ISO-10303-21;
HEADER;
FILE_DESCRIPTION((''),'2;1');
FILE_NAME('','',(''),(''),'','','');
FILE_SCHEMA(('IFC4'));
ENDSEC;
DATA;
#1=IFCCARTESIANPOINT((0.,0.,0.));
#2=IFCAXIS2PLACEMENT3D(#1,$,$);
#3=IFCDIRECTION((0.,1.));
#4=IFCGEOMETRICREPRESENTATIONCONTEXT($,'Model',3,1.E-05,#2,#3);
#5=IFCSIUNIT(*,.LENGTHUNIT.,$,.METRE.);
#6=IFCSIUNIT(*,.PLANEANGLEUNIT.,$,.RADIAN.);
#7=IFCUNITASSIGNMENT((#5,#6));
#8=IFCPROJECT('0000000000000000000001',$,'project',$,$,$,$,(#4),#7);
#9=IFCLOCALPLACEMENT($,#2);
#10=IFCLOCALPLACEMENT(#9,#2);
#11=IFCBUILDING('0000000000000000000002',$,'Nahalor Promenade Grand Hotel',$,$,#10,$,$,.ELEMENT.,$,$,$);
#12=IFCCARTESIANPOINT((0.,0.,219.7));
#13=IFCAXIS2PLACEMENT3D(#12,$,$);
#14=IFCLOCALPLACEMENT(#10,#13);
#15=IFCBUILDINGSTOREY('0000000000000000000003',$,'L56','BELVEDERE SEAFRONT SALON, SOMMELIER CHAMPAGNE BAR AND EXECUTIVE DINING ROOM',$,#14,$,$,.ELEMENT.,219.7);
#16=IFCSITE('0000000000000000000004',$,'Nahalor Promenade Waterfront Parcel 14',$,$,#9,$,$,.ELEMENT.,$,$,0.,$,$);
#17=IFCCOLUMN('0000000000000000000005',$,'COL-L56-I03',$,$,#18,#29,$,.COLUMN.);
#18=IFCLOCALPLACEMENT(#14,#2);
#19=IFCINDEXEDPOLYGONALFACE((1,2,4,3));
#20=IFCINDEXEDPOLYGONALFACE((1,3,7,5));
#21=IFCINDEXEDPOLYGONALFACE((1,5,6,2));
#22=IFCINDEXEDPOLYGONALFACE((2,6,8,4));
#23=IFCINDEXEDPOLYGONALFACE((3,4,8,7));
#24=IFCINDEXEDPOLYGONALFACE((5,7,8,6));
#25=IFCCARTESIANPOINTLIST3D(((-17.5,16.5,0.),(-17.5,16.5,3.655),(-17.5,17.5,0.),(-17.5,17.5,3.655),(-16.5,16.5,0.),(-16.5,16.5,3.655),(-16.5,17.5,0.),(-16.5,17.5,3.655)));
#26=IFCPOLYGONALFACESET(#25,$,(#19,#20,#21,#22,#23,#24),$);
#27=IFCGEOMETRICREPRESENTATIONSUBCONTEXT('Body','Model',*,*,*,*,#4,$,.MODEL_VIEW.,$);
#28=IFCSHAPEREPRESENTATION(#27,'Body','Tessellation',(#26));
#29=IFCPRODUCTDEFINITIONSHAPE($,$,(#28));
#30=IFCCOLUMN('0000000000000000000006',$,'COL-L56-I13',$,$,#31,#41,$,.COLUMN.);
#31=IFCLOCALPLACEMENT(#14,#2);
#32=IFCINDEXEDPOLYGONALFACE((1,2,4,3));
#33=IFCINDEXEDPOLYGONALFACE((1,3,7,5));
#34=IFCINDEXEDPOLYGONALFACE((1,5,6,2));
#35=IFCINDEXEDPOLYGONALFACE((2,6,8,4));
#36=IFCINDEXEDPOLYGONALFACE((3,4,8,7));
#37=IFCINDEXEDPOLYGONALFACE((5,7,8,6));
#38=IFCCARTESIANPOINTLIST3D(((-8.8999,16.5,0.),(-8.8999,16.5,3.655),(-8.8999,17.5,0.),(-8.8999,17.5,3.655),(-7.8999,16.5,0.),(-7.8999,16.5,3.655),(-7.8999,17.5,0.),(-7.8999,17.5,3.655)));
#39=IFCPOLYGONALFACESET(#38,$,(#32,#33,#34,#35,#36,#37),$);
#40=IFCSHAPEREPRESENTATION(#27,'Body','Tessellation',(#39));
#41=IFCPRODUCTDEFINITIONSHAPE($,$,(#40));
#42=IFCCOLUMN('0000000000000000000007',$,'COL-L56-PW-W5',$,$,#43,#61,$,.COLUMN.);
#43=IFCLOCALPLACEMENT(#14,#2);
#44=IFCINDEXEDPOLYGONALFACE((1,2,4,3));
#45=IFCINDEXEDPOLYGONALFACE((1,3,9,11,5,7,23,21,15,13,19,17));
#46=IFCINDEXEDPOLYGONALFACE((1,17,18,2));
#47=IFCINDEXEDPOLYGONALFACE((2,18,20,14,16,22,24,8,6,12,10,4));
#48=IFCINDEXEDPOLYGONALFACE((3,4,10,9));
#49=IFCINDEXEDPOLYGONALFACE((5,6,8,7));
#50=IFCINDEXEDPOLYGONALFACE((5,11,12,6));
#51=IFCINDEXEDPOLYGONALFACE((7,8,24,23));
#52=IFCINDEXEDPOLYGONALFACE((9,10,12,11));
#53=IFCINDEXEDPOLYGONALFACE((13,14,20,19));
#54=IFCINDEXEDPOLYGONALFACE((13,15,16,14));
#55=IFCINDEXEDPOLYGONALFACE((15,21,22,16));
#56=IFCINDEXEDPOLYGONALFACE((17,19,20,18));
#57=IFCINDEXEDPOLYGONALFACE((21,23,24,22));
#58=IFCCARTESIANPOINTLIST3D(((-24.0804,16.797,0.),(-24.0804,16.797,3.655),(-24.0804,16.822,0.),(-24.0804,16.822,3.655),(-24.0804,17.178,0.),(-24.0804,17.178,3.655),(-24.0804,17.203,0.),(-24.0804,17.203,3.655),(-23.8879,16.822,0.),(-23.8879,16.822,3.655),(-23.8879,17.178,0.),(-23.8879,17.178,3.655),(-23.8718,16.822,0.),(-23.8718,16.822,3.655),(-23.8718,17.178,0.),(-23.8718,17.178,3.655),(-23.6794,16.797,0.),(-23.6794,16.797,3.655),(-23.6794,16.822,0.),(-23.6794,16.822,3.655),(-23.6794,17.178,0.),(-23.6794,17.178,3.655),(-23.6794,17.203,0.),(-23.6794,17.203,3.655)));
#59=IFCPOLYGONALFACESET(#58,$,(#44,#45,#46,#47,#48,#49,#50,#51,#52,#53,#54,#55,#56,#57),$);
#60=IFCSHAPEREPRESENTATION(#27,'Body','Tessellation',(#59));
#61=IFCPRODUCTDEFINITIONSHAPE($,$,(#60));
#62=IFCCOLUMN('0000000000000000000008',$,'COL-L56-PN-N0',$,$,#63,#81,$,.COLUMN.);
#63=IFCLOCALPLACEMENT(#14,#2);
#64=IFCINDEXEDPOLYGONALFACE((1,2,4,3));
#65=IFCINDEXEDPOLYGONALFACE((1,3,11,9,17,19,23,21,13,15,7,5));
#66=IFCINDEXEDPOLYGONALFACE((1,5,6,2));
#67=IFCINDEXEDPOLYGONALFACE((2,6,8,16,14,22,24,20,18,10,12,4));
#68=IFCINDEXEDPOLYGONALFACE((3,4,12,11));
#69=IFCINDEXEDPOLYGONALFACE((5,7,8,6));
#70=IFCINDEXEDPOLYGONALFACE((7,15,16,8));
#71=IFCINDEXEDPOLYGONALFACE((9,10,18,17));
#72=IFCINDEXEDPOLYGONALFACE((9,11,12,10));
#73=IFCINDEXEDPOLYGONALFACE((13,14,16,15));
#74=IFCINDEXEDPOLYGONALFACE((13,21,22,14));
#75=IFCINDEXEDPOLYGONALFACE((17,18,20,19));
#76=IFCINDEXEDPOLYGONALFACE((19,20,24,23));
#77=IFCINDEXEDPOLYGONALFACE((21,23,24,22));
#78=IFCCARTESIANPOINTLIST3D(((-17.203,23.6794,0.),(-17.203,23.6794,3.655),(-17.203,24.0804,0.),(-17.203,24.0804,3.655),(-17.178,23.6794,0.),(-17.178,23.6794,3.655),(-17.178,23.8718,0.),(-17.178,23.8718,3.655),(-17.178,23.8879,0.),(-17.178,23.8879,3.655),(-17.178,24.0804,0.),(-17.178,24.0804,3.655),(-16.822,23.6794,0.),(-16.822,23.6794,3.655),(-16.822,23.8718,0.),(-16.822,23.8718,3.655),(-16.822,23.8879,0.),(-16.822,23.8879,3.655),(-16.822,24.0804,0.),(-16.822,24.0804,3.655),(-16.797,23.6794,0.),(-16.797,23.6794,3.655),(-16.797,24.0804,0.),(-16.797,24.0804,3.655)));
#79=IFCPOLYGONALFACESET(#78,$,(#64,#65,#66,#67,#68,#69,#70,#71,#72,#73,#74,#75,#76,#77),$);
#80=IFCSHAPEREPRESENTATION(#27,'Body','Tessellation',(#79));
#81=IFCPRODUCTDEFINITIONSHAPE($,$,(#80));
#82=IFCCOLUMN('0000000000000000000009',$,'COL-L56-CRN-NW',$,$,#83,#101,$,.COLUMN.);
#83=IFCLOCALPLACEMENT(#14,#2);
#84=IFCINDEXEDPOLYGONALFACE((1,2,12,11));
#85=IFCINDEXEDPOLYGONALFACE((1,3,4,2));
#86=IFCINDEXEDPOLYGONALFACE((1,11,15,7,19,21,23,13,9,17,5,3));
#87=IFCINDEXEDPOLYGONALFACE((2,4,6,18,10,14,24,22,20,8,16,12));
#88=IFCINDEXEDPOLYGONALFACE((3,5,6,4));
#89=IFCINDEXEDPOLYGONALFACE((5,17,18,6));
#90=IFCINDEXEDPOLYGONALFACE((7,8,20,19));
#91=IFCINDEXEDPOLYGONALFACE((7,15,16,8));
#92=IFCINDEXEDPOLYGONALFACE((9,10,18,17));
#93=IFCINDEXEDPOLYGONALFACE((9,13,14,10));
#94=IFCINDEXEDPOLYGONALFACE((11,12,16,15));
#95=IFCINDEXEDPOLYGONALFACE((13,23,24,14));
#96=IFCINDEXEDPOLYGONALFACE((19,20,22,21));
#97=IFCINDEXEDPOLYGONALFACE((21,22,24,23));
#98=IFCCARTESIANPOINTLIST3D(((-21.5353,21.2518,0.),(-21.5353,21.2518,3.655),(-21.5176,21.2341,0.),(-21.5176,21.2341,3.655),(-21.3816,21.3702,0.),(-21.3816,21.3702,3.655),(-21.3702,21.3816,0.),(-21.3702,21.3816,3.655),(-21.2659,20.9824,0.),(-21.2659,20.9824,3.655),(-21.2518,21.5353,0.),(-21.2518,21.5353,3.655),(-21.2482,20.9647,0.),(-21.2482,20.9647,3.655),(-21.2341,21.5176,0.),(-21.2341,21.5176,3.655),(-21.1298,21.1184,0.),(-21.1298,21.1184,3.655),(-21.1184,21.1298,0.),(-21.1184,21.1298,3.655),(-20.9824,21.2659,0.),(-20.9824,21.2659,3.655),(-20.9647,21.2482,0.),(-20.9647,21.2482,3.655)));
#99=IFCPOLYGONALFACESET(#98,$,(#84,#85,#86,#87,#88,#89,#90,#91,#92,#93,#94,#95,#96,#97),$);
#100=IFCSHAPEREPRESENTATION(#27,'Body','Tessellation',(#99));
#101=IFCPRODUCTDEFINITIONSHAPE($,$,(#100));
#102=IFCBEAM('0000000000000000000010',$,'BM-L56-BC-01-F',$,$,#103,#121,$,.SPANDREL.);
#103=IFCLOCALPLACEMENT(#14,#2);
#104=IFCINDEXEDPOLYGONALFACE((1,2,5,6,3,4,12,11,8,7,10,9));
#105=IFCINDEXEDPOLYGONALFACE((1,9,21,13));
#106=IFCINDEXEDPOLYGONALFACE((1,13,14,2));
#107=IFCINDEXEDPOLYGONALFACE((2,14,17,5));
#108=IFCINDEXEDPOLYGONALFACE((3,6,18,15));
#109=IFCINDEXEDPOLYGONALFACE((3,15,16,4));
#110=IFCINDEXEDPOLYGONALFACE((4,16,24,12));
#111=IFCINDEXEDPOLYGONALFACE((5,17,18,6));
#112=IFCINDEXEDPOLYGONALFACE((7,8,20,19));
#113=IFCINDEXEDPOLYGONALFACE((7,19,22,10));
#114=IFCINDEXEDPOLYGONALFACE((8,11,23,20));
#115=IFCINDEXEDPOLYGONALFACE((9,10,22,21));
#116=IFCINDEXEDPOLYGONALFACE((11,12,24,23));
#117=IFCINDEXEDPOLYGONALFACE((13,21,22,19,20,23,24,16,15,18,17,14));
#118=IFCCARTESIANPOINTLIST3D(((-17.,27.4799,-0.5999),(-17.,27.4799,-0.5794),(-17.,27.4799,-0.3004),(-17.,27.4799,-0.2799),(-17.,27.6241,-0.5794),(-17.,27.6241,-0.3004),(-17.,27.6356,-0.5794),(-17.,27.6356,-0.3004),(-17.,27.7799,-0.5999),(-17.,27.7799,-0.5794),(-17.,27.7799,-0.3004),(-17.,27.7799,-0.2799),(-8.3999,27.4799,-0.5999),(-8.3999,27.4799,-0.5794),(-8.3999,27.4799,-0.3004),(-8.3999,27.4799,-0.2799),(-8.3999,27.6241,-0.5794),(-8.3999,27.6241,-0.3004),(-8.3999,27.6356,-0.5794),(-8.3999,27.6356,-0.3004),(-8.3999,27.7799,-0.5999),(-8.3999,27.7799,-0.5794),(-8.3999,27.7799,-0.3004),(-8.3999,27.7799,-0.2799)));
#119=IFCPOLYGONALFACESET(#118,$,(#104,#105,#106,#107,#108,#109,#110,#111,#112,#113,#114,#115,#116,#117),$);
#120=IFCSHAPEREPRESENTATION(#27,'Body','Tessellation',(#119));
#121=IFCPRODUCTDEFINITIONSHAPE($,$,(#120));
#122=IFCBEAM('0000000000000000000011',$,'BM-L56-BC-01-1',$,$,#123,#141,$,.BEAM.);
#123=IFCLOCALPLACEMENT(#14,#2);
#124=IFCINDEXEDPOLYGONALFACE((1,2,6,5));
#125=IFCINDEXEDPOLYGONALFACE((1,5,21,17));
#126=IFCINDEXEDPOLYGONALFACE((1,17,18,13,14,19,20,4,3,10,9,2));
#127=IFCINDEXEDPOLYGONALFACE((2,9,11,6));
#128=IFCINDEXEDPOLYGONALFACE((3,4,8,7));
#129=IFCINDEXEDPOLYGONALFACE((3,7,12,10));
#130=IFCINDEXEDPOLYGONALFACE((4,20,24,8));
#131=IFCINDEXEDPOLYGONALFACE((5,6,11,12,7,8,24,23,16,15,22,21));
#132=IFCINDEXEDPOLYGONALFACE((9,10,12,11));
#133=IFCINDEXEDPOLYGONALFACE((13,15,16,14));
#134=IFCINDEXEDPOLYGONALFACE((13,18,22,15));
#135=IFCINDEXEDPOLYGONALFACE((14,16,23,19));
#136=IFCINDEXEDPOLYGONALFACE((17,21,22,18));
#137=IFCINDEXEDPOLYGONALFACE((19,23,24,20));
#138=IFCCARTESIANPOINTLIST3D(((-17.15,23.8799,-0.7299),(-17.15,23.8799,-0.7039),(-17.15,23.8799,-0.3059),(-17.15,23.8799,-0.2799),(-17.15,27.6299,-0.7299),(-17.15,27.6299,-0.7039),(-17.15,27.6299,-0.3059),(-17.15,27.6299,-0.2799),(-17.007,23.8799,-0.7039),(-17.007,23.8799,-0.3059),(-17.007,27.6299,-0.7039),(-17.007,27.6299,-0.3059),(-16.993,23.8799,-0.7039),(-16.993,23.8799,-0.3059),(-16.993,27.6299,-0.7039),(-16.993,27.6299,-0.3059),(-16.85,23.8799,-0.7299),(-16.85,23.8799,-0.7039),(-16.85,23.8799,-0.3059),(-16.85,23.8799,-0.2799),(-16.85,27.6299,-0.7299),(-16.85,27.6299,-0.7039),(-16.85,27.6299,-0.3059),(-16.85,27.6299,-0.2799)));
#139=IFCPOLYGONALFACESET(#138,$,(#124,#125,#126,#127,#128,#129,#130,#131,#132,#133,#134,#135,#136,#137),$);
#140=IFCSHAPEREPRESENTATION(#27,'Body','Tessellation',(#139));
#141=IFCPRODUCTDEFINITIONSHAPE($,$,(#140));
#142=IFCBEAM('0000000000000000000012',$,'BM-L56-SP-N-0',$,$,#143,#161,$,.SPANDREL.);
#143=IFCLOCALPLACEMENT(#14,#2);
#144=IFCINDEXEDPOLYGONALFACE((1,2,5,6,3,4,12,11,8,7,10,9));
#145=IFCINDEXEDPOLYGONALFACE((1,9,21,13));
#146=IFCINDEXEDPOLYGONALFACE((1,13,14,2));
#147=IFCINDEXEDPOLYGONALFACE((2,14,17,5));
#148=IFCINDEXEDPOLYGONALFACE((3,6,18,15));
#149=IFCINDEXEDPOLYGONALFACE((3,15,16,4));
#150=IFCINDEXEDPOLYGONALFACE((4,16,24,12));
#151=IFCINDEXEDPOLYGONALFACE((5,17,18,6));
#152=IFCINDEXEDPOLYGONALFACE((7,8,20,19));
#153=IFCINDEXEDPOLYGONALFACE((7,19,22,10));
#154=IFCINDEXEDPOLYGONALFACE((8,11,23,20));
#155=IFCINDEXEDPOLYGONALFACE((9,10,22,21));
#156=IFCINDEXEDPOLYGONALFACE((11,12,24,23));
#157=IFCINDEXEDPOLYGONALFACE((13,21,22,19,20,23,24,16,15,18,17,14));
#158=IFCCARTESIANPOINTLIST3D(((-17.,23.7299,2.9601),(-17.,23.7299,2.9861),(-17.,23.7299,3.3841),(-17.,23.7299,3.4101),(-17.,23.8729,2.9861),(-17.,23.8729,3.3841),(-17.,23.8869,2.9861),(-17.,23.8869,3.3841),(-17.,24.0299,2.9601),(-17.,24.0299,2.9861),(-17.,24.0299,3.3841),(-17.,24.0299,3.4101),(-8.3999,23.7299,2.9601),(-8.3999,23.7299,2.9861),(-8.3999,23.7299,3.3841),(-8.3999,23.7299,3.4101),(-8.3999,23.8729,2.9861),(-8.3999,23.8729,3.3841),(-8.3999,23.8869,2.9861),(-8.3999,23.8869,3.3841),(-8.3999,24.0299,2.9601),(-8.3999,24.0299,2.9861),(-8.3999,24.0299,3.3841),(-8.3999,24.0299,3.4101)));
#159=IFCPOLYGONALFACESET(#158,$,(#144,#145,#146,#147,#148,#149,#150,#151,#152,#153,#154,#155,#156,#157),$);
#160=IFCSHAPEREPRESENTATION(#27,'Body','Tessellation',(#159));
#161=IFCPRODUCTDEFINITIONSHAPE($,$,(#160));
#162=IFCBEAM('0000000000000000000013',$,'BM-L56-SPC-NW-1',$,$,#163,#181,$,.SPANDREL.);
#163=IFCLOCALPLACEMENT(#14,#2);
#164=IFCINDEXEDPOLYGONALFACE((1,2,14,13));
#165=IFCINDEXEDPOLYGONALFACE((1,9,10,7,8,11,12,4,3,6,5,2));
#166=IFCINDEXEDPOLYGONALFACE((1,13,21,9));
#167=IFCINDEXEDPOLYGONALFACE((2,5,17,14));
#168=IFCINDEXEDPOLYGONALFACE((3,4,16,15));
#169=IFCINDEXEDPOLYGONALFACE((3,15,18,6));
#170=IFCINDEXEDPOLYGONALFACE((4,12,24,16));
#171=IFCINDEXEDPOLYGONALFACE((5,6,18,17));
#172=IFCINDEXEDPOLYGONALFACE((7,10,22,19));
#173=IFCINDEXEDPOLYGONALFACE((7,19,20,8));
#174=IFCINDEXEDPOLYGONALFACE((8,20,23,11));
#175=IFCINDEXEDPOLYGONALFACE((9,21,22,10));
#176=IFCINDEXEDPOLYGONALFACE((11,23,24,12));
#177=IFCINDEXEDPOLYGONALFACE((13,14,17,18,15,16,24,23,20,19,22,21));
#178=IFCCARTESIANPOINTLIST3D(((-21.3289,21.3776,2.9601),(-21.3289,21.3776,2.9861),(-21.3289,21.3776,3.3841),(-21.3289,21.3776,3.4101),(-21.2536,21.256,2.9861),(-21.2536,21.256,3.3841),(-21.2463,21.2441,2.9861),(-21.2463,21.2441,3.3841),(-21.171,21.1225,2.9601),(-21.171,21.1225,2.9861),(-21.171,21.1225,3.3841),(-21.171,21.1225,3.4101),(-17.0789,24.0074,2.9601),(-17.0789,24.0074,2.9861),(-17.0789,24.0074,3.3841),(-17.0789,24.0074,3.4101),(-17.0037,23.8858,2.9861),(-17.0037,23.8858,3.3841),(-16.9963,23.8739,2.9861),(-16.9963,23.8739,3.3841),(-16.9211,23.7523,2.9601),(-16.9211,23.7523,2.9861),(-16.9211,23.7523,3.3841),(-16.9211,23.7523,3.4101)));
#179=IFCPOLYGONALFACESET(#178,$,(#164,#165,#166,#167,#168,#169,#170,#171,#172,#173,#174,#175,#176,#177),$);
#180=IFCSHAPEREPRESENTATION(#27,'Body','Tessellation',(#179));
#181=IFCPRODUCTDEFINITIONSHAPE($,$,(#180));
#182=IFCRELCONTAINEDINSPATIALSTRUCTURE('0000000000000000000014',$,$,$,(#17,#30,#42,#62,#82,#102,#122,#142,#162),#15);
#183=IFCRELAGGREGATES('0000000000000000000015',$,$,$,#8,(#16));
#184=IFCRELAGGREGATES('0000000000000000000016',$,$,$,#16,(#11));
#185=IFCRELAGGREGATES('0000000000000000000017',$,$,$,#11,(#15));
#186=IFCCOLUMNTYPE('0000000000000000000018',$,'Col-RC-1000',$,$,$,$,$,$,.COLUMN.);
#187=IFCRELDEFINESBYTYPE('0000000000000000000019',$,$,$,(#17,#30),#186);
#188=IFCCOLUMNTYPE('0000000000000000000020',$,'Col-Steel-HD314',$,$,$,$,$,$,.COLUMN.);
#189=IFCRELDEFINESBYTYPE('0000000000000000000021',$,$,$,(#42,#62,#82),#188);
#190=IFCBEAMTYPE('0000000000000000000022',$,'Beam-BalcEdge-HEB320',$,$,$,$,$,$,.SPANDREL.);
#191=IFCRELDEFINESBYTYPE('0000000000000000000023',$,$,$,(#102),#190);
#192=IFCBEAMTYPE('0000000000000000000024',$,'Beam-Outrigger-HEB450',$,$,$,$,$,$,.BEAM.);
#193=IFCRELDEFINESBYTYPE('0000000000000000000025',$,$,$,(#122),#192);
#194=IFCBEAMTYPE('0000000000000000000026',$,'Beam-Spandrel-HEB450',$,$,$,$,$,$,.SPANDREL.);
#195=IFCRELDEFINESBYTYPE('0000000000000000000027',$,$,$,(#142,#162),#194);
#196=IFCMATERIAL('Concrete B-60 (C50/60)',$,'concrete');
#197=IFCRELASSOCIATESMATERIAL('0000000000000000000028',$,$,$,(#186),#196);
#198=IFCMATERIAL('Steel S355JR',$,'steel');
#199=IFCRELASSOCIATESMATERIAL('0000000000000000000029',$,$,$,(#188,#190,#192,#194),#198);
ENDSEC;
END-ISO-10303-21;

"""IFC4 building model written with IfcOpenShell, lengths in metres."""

from ifc_helpers import new_model, si_unit, direction, frame, origin, origin_2d, place, context, subcontext, project, spatial, rectangle, i_section, extrude, source, transform, mapped, material, material_profile, profile_set, type_object, element, save


model = new_model("IFC4")

# Units and contexts
model_context = context("Model", 3, precision=1e-05, world=origin(), true_north=direction((0.0, 1.0)))
body_context = subcontext(model_context, "Body", "Model", "MODEL_VIEW")
ifc_project = project(units=[si_unit("LENGTHUNIT", "METRE"), si_unit("PLANEANGLEUNIT", "RADIAN")], contexts=[model_context])

# Site, building, storey
site_placement = place(None, origin())
site = spatial("IfcSite", under=ifc_project, at=site_placement, Name="Nahalor Promenade Waterfront Parcel 14", CompositionType="ELEMENT", RefElevation=0.0)
building_placement = place(site_placement, origin())
building = spatial("IfcBuilding", under=site, at=building_placement, Name="Nahalor Promenade Grand Hotel", CompositionType="ELEMENT")
storey_placement = place(building_placement, frame((0.0, 0.0, 219.7)))
storey = spatial("IfcBuildingStorey", under=building, at=storey_placement, Name="L56", Description="BELVEDERE SEAFRONT SALON, SOMMELIER CHAMPAGNE BAR AND EXECUTIVE DINING ROOM", CompositionType="ELEMENT", Elevation=219.7)

# Columns
ifc_material_1 = material(Name="Concrete B-60 (C50/60)", Category="concrete")
ifc_material_profile_1 = material_profile(ifc_material_1, rectangle(XDim=1.0, YDim=1.0, at=origin_2d()), Name="RC 1000x1000")
ifc_profile_set_1 = profile_set([ifc_material_profile_1], Name="Concrete B-60 (C50/60)")
column_type_1 = type_object("IfcColumnType", Name="Col-RC-1000", PredefinedType="COLUMN", material=ifc_profile_set_1)
shared_shape_1 = source(origin(), body_context, "Body", "SweptSolid", [
    extrude(rectangle(XDim=1.0, YDim=1.0, at=origin_2d()), origin(), (0.0, 0.0, 1.0), 3.655),
])
for number, where, z_axis, x_axis, name in (
    (1, (-17.0, 17.0, 0.0), (0.0, 0.0, 1.0), (1.0, 0.0, 0.0), "COL-L56-I03"),
    (2, (-8.3999, 17.0, 0.0), (0.0, 0.0, 1.0), (1.0, 0.0, 0.0), "COL-L56-I13"),
):
    element("IfcColumn", number, at=place(storey_placement, frame(where, z_axis=z_axis, x_axis=x_axis)), inside=storey, type_object=column_type_1, Name=name, PredefinedType="COLUMN", context=body_context, shape_type="MappedRepresentation", body=[
        mapped(shared_shape_1, transform((0.0, 0.0, 0.0), scale=1.0)),
    ])
ifc_material_2 = material(Name="Steel S355JR", Category="steel")
ifc_material_profile_2 = material_profile(ifc_material_2, i_section(OverallWidth=0.401, OverallDepth=0.406, WebThickness=0.0161, FlangeThickness=0.025, at=origin_2d()), Name="HD 400x314")
ifc_profile_set_2 = profile_set([ifc_material_profile_2], Name="Steel S355JR")
column_type_2 = type_object("IfcColumnType", Name="Col-Steel-HD314", PredefinedType="COLUMN", material=ifc_profile_set_2)
shared_shape_2 = source(origin(), body_context, "Body", "SweptSolid", [
    extrude(i_section(OverallWidth=0.401, OverallDepth=0.406, WebThickness=0.0161, FlangeThickness=0.025, at=origin_2d()), origin(), (0.0, 0.0, 1.0), 3.655),
])
for number, where, z_axis, x_axis, name in (
    (3, (-23.8799, 17.0, 0.0), (0.0, 0.0, 1.0), (1.0, 0.0, 0.0), "COL-L56-PW-W5"),
    (4, (-17.0, 23.8799, 0.0), (0.0, 0.0, 1.0), (0.0, 1.0, 0.0), "COL-L56-PN-N0"),
    (5, (-21.25, 21.25, 0.0), (0.0, 0.0, 1.0), (0.707107, 0.707107, 0.0), "COL-L56-CRN-NW"),
):
    element("IfcColumn", number, at=place(storey_placement, frame(where, z_axis=z_axis, x_axis=x_axis)), inside=storey, type_object=column_type_2, Name=name, PredefinedType="COLUMN", context=body_context, shape_type="MappedRepresentation", body=[
        mapped(shared_shape_2, transform((0.0, 0.0, 0.0), scale=1.0)),
    ])

# Beams
ifc_material_profile_3 = material_profile(ifc_material_2, i_section(OverallWidth=0.3, OverallDepth=0.32, WebThickness=0.0115, FlangeThickness=0.0205, at=origin_2d()), Name="HEB 320")
ifc_profile_set_3 = profile_set([ifc_material_profile_3], Name="Steel S355JR")
beam_type_1 = type_object("IfcBeamType", Name="Beam-BalcEdge-HEB320", PredefinedType="SPANDREL", material=ifc_profile_set_3)
shared_shape_3 = source(origin(), body_context, "Body", "SweptSolid", [
    extrude(i_section(OverallWidth=0.3, OverallDepth=0.32, WebThickness=0.0115, FlangeThickness=0.0205, at=origin_2d()), origin(), (0.0, 0.0, 1.0), 8.6001),
])
beam_1_placement = place(storey_placement, frame((-17.0, 27.6299, -0.4399), z_axis=(1.0, 0.0, 0.0), x_axis=(0.0, 1.0, 0.0)))
element("IfcBeam", 6, at=beam_1_placement, inside=storey, type_object=beam_type_1, Name="BM-L56-BC-01-F", PredefinedType="SPANDREL", context=body_context, shape_type="MappedRepresentation", body=[
    mapped(shared_shape_3, transform((0.0, 0.0, 0.0), scale=1.0)),
])
ifc_material_profile_4 = material_profile(ifc_material_2, i_section(OverallWidth=0.3, OverallDepth=0.45, WebThickness=0.014, FlangeThickness=0.026, at=origin_2d()), Name="HEB 450")
ifc_profile_set_4 = profile_set([ifc_material_profile_4], Name="Steel S355JR")
beam_type_2 = type_object("IfcBeamType", Name="Beam-Outrigger-HEB450", PredefinedType="BEAM", material=ifc_profile_set_4)
shared_shape_4 = source(origin(), body_context, "Body", "SweptSolid", [
    extrude(i_section(OverallWidth=0.3, OverallDepth=0.45, WebThickness=0.014, FlangeThickness=0.026, at=origin_2d()), origin(), (0.0, 0.0, 1.0), 3.75),
])
beam_2_placement = place(storey_placement, frame((-17.0, 23.8799, -0.5049), z_axis=(0.0, 1.0, 0.0), x_axis=(-1.0, 0.0, 0.0)))
element("IfcBeam", 7, at=beam_2_placement, inside=storey, type_object=beam_type_2, Name="BM-L56-BC-01-1", PredefinedType="BEAM", context=body_context, shape_type="MappedRepresentation", body=[
    mapped(shared_shape_4, transform((0.0, 0.0, 0.0), scale=1.0)),
])
ifc_material_profile_5 = material_profile(ifc_material_2, i_section(OverallWidth=0.3, OverallDepth=0.45, WebThickness=0.014, FlangeThickness=0.026, at=origin_2d()), Name="HEB 450")
ifc_profile_set_5 = profile_set([ifc_material_profile_5], Name="Steel S355JR")
beam_type_3 = type_object("IfcBeamType", Name="Beam-Spandrel-HEB450", PredefinedType="SPANDREL", material=ifc_profile_set_5)
shared_shape_5 = source(origin(), body_context, "Body", "SweptSolid", [
    extrude(i_section(OverallWidth=0.3, OverallDepth=0.45, WebThickness=0.014, FlangeThickness=0.026, at=origin_2d()), origin(), (0.0, 0.0, 1.0), 8.6001),
])
beam_3_placement = place(storey_placement, frame((-17.0, 23.8799, 3.1851), z_axis=(1.0, 0.0, 0.0), x_axis=(0.0, 1.0, 0.0)))
element("IfcBeam", 8, at=beam_3_placement, inside=storey, type_object=beam_type_3, Name="BM-L56-SP-N-0", PredefinedType="SPANDREL", context=body_context, shape_type="MappedRepresentation", body=[
    mapped(shared_shape_5, transform((0.0, 0.0, 0.0), scale=1.0)),
])
shared_shape_6 = source(origin(), body_context, "Body", "SweptSolid", [
    extrude(i_section(OverallWidth=0.3, OverallDepth=0.45, WebThickness=0.014, FlangeThickness=0.026, at=origin_2d()), origin(), (0.0, 0.0, 1.0), 4.9978),
])
for number, where, z_axis, x_axis, name in (
    (9, (-17.0, 23.8799, 3.1851), (-0.850361, -0.5262, 0.0), (0.5262, -0.850361, 0.0), "BM-L56-SPC-NW-1"),
):
    element("IfcBeam", number, at=place(storey_placement, frame(where, z_axis=z_axis, x_axis=x_axis)), inside=storey, type_object=beam_type_3, Name=name, PredefinedType="SPANDREL", context=body_context, shape_type="MappedRepresentation", body=[
        mapped(shared_shape_6, transform((0.0, 0.0, 0.0), scale=1.0)),
    ])

save(model, "model.ifc")
